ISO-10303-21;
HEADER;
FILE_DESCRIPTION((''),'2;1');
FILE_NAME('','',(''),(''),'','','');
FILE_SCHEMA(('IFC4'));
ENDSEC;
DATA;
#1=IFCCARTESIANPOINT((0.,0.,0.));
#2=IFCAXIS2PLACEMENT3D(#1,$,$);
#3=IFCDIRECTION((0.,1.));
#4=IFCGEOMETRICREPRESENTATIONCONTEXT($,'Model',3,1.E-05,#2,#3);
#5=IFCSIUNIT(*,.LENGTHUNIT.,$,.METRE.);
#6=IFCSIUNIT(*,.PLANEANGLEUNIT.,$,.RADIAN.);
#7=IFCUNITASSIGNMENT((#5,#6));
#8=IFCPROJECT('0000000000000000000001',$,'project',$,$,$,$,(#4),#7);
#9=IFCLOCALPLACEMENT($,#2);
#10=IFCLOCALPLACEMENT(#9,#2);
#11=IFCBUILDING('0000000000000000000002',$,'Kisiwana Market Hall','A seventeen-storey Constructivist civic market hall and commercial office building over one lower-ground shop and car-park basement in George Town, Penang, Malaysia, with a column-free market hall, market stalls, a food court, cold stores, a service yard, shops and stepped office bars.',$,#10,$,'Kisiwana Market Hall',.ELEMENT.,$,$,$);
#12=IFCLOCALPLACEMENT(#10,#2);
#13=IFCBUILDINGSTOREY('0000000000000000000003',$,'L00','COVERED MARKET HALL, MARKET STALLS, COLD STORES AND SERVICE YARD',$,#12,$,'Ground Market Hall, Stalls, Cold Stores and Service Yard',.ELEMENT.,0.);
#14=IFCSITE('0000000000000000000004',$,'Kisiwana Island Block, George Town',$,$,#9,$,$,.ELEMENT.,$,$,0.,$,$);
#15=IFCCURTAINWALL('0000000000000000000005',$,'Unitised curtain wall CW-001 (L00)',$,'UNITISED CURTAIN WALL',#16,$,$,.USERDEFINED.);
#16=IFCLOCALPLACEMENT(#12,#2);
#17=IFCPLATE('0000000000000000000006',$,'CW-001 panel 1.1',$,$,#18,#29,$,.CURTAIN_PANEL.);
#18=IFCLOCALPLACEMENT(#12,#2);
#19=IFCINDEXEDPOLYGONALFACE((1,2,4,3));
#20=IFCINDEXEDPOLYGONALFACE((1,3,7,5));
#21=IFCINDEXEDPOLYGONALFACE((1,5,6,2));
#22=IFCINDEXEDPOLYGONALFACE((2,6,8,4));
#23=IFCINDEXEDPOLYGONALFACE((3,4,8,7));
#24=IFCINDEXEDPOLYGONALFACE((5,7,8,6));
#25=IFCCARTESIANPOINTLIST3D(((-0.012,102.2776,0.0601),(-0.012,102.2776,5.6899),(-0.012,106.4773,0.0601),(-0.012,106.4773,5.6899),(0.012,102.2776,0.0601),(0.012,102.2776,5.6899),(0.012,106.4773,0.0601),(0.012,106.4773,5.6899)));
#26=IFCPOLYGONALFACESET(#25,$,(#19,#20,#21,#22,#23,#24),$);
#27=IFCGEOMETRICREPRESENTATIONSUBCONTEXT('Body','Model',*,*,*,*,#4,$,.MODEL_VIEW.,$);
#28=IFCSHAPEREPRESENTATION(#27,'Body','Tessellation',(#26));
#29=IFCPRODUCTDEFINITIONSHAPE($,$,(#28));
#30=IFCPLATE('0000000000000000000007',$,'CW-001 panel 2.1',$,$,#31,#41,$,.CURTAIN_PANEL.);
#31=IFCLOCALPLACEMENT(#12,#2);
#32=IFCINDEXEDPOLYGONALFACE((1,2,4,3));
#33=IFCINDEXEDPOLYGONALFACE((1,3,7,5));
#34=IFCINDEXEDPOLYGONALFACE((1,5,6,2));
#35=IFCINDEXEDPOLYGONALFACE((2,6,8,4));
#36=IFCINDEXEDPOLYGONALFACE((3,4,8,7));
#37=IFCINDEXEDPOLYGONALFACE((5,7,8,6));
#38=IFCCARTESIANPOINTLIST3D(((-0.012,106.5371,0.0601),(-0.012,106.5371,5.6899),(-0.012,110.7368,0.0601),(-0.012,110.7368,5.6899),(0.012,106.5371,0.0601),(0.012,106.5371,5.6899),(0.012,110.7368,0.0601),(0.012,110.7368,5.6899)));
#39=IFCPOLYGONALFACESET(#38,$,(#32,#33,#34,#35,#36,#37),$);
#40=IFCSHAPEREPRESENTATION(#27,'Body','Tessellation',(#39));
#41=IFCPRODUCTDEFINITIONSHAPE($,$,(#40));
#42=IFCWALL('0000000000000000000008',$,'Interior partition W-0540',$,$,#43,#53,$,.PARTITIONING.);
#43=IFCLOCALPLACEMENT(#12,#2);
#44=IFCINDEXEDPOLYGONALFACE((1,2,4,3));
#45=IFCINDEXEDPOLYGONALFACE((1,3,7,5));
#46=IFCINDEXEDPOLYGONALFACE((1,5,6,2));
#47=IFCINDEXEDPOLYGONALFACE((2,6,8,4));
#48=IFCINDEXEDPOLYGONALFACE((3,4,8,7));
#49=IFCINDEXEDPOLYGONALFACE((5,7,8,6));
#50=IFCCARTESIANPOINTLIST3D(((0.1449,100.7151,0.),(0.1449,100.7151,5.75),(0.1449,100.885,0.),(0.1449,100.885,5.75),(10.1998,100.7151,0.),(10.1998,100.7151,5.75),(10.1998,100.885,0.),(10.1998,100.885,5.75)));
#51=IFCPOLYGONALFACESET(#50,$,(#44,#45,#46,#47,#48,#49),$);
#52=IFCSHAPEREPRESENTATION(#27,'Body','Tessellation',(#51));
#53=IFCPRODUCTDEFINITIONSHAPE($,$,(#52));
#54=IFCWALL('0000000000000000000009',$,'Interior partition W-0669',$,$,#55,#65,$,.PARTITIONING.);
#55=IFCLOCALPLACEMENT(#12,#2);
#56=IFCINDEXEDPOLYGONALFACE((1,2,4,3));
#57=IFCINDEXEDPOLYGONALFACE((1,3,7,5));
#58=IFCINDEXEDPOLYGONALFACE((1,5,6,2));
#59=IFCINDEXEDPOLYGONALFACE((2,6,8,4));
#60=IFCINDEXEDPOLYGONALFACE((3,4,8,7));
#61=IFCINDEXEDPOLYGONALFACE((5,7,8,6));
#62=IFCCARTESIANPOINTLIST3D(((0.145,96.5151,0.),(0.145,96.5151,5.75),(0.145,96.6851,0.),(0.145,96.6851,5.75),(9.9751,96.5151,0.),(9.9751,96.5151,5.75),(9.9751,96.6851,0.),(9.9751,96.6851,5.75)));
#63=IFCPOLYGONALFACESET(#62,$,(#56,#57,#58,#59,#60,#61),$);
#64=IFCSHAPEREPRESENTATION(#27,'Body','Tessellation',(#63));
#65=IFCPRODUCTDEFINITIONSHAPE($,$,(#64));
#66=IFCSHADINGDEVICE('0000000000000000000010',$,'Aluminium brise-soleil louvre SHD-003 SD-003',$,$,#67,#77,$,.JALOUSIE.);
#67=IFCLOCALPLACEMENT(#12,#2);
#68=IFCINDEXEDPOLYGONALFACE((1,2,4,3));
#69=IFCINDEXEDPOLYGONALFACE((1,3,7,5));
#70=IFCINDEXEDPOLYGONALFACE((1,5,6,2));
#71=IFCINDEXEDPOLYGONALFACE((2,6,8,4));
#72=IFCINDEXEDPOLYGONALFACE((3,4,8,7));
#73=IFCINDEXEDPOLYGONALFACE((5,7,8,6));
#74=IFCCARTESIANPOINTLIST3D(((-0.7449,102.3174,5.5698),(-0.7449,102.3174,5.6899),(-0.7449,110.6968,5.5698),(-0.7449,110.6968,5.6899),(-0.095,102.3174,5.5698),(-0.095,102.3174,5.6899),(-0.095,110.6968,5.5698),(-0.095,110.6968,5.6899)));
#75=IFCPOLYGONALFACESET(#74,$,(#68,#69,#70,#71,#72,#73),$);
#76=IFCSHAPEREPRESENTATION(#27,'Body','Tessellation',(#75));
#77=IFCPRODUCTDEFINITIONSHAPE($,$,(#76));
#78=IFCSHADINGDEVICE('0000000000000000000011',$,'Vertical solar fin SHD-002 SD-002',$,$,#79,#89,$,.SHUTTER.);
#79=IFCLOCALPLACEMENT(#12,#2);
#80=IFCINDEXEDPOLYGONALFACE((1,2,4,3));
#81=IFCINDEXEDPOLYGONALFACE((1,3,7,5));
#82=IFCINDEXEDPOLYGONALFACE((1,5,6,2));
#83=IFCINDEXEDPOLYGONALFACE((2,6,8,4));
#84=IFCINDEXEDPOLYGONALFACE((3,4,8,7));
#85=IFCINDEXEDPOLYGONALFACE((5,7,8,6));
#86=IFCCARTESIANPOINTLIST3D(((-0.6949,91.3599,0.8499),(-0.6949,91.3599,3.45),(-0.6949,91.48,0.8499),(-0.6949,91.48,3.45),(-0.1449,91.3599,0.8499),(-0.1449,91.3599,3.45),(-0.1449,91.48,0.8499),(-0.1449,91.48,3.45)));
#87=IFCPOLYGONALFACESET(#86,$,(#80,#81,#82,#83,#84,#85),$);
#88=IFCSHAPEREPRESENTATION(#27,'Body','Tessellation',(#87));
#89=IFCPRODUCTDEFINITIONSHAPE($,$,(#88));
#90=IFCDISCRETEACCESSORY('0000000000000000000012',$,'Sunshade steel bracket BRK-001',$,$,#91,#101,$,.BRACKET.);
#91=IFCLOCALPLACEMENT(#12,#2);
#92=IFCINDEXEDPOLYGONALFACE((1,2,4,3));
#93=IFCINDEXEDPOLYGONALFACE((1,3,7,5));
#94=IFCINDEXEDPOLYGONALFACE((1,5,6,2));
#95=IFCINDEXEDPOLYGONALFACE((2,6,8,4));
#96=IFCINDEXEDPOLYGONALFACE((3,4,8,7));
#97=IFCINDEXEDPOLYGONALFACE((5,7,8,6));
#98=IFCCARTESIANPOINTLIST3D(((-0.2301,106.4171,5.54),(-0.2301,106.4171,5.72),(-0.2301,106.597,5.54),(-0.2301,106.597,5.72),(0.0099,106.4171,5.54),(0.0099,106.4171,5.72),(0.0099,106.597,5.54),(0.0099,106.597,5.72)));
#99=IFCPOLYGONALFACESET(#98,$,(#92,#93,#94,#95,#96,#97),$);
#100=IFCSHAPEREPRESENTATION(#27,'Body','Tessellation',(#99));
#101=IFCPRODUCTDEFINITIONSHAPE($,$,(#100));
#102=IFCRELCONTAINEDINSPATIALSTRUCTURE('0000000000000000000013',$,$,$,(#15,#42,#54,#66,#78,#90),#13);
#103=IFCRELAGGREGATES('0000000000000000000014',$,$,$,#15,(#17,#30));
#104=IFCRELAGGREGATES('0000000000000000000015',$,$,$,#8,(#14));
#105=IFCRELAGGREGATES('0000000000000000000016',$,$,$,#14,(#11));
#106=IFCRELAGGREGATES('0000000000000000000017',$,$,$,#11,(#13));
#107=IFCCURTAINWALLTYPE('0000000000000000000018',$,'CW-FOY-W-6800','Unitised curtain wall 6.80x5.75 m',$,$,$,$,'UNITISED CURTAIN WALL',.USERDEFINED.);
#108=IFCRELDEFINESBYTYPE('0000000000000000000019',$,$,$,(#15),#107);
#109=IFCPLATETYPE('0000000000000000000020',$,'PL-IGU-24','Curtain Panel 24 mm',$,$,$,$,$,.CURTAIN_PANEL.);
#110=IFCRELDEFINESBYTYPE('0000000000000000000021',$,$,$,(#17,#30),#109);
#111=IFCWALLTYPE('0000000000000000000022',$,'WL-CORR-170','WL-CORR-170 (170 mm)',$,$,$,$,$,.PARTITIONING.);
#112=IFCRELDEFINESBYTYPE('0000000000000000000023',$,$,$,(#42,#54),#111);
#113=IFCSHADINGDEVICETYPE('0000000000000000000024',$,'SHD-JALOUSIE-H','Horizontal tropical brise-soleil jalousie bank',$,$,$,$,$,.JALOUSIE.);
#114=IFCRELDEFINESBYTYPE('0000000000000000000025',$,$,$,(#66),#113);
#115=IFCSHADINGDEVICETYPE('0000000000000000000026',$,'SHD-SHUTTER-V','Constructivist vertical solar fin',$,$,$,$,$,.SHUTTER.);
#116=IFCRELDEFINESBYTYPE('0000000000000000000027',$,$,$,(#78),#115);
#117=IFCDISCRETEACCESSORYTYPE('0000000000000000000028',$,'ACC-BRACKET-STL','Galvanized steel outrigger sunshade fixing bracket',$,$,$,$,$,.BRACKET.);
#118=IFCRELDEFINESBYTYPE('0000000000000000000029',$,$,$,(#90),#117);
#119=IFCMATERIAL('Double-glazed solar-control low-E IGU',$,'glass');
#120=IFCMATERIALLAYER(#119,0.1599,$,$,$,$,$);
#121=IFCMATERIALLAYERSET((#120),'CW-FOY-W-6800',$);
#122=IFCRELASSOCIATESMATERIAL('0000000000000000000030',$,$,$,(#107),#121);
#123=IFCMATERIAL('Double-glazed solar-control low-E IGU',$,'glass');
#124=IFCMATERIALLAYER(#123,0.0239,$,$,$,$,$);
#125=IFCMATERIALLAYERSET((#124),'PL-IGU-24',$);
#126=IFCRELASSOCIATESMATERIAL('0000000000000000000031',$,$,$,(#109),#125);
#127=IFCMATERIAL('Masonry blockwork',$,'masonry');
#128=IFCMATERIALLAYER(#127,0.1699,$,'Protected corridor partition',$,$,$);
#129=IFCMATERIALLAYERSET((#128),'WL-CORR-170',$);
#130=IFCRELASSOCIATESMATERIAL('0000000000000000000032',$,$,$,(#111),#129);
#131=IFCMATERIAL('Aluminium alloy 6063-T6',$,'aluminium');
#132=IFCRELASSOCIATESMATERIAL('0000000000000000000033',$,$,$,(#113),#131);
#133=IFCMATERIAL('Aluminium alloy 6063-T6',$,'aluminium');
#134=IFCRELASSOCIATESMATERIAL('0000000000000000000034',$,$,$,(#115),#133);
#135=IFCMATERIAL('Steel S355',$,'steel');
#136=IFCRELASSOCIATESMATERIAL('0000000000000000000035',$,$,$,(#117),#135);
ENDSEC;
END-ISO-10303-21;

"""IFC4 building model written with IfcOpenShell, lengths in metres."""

from ifc_helpers import new_model, si_unit, direction, frame, frame_2d, origin, origin_2d, place, context, subcontext, project, spatial, rectangle, extrude, material, layer, layer_set, type_object, element, aggregate, save


model = new_model("IFC4")

# Units and contexts
model_context = context("Model", 3, precision=1e-05, world=origin(), true_north=direction((0.0, 1.0)))
body_context = subcontext(model_context, "Body", "Model", "MODEL_VIEW")
ifc_project = project(units=[si_unit("LENGTHUNIT", "METRE"), si_unit("PLANEANGLEUNIT", "RADIAN")], contexts=[model_context])

# Site, building, storey
site_placement = place(None, origin())
site = spatial("IfcSite", under=ifc_project, at=site_placement, Name="Kisiwana Island Block, George Town", CompositionType="ELEMENT", RefElevation=0.0)
building_placement = place(site_placement, origin())
building = spatial("IfcBuilding", under=site, at=building_placement, Name="Kisiwana Market Hall", Description="A seventeen-storey Constructivist civic market hall and commercial office building over one lower-ground shop and car-park basement in George Town, Penang, Malaysia, with a column-free market hall, market stalls, a food court, cold stores, a service yard, shops and stepped office bars.", LongName="Kisiwana Market Hall", CompositionType="ELEMENT")
storey_placement = place(building_placement, origin())
storey = spatial("IfcBuildingStorey", under=building, at=storey_placement, Name="L00", Description="COVERED MARKET HALL, MARKET STALLS, COLD STORES AND SERVICE YARD", LongName="Ground Market Hall, Stalls, Cold Stores and Service Yard", CompositionType="ELEMENT", Elevation=0.0)

# Curtain wall, plates
ifc_material_1 = material(Name="Double-glazed solar-control low-E IGU", Category="glass")
ifc_layer_1 = layer(ifc_material_1, 0.1599)
ifc_layer_set_1 = layer_set([ifc_layer_1], Name="CW-FOY-W-6800")
curtain_wall_type = type_object("IfcCurtainWallType", Name="CW-FOY-W-6800", Description="Unitised curtain wall 6.80x5.75 m", ElementType="UNITISED CURTAIN WALL", PredefinedType="USERDEFINED", material=ifc_layer_set_1)
curtain_wall_placement = place(storey_placement, origin())
curtain_wall = element("IfcCurtainWall", 1, at=curtain_wall_placement, inside=storey, type_object=curtain_wall_type, Name="Unitised curtain wall CW-001 (L00)", ObjectType="UNITISED CURTAIN WALL", PredefinedType="USERDEFINED")
ifc_material_2 = material(Name="Double-glazed solar-control low-E IGU", Category="glass")
ifc_layer_2 = layer(ifc_material_2, 0.0239)
ifc_layer_set_2 = layer_set([ifc_layer_2], Name="PL-IGU-24")
plate_type = type_object("IfcPlateType", Name="PL-IGU-24", Description="Curtain Panel 24 mm", PredefinedType="CURTAIN_PANEL", material=ifc_layer_set_2)
plate_1_placement = place(storey_placement, frame((0.0, 104.3774, 0.0601), z_axis=(0.0, 0.0, 1.0), x_axis=(0.0, 1.0, 0.0)))
plate_1 = element("IfcPlate", 2, at=plate_1_placement, type_object=plate_type, Name="CW-001 panel 1.1", PredefinedType="CURTAIN_PANEL", context=body_context, shape_type="SweptSolid", body=[
    extrude(rectangle(XDim=4.1997, YDim=0.0239, at=origin_2d()), origin(), (0.0, 0.0, 1.0), 5.6299),
])
plate_2_placement = place(storey_placement, frame((0.0, 108.637, 0.0601), z_axis=(0.0, 0.0, 1.0), x_axis=(0.0, 1.0, 0.0)))
plate_2 = element("IfcPlate", 3, at=plate_2_placement, type_object=plate_type, Name="CW-001 panel 2.1", PredefinedType="CURTAIN_PANEL", context=body_context, shape_type="SweptSolid", body=[
    extrude(rectangle(XDim=4.1997, YDim=0.0239, at=origin_2d()), origin(), (0.0, 0.0, 1.0), 5.6299),
])
aggregate(curtain_wall, [plate_1, plate_2])

# Walls
ifc_material_3 = material(Name="Masonry blockwork", Category="masonry")
ifc_layer_3 = layer(ifc_material_3, 0.1699, Name="Protected corridor partition")
ifc_layer_set_3 = layer_set([ifc_layer_3], Name="WL-CORR-170")
wall_type = type_object("IfcWallType", Name="WL-CORR-170", Description="WL-CORR-170 (170 mm)", PredefinedType="PARTITIONING", material=ifc_layer_set_3)
wall_1_placement = place(storey_placement, frame((0.145, 100.8, 0.0), z_axis=(0.0, 0.0, 1.0), x_axis=(1.0, 0.0, 0.0)))
element("IfcWall", 4, at=wall_1_placement, inside=storey, type_object=wall_type, Name="Interior partition W-0540", PredefinedType="PARTITIONING", context=body_context, shape_type="SweptSolid", body=[
    extrude(rectangle(XDim=10.0549, YDim=0.1699, at=frame_2d((5.0273, 0.0))), origin(), (0.0, 0.0, 1.0), 5.75),
])
wall_2_placement = place(storey_placement, frame((0.145, 96.6001, 0.0), z_axis=(0.0, 0.0, 1.0), x_axis=(1.0, 0.0, 0.0)))
element("IfcWall", 5, at=wall_2_placement, inside=storey, type_object=wall_type, Name="Interior partition W-0669", PredefinedType="PARTITIONING", context=body_context, shape_type="SweptSolid", body=[
    extrude(rectangle(XDim=9.8301, YDim=0.1699, at=frame_2d((4.915, 0.0))), origin(), (0.0, 0.0, 1.0), 5.75),
])

# Shading devices
ifc_material_4 = material(Name="Aluminium alloy 6063-T6", Category="aluminium")
shading_device_type_1 = type_object("IfcShadingDeviceType", Name="SHD-JALOUSIE-H", Description="Horizontal tropical brise-soleil jalousie bank", PredefinedType="JALOUSIE", material=ifc_material_4)
shading_device_1_placement = place(storey_placement, frame((-0.4199, 106.5071, 5.5698), z_axis=(0.0, 0.0, 1.0), x_axis=(0.0, 1.0, 0.0)))
element("IfcShadingDevice", 6, at=shading_device_1_placement, inside=storey, type_object=shading_device_type_1, Name="Aluminium brise-soleil louvre SHD-003 SD-003", PredefinedType="JALOUSIE", context=body_context, shape_type="SweptSolid", body=[
    extrude(rectangle(XDim=8.3794, YDim=0.6499, at=origin_2d()), origin(), (0.0, 0.0, 1.0), 0.1201),
])
ifc_material_5 = material(Name="Aluminium alloy 6063-T6", Category="aluminium")
shading_device_type_2 = type_object("IfcShadingDeviceType", Name="SHD-SHUTTER-V", Description="Constructivist vertical solar fin", PredefinedType="SHUTTER", material=ifc_material_5)
shading_device_2_placement = place(storey_placement, frame((-0.4199, 91.4199, 0.8499), z_axis=(0.0, 0.0, 1.0), x_axis=(0.0, 1.0, 0.0)))
element("IfcShadingDevice", 7, at=shading_device_2_placement, inside=storey, type_object=shading_device_type_2, Name="Vertical solar fin SHD-002 SD-002", PredefinedType="SHUTTER", context=body_context, shape_type="SweptSolid", body=[
    extrude(rectangle(XDim=0.1201, YDim=0.55, at=origin_2d()), origin(), (0.0, 0.0, 1.0), 2.6001),
])

# Discrete accessory
ifc_material_6 = material(Name="Steel S355", Category="steel")
discrete_accessory_type = type_object("IfcDiscreteAccessoryType", Name="ACC-BRACKET-STL", Description="Galvanized steel outrigger sunshade fixing bracket", PredefinedType="BRACKET", material=ifc_material_6)
discrete_accessory_placement = place(storey_placement, frame((-0.1101, 106.5071, 5.54), z_axis=(0.0, 0.0, 1.0), x_axis=(0.0, 1.0, 0.0)))
element("IfcDiscreteAccessory", 8, at=discrete_accessory_placement, inside=storey, type_object=discrete_accessory_type, Name="Sunshade steel bracket BRK-001", PredefinedType="BRACKET", context=body_context, shape_type="SweptSolid", body=[
    extrude(rectangle(XDim=0.1799, YDim=0.24, at=origin_2d()), origin(), (0.0, 0.0, 1.0), 0.1799),
])

save(model, "model.ifc")
